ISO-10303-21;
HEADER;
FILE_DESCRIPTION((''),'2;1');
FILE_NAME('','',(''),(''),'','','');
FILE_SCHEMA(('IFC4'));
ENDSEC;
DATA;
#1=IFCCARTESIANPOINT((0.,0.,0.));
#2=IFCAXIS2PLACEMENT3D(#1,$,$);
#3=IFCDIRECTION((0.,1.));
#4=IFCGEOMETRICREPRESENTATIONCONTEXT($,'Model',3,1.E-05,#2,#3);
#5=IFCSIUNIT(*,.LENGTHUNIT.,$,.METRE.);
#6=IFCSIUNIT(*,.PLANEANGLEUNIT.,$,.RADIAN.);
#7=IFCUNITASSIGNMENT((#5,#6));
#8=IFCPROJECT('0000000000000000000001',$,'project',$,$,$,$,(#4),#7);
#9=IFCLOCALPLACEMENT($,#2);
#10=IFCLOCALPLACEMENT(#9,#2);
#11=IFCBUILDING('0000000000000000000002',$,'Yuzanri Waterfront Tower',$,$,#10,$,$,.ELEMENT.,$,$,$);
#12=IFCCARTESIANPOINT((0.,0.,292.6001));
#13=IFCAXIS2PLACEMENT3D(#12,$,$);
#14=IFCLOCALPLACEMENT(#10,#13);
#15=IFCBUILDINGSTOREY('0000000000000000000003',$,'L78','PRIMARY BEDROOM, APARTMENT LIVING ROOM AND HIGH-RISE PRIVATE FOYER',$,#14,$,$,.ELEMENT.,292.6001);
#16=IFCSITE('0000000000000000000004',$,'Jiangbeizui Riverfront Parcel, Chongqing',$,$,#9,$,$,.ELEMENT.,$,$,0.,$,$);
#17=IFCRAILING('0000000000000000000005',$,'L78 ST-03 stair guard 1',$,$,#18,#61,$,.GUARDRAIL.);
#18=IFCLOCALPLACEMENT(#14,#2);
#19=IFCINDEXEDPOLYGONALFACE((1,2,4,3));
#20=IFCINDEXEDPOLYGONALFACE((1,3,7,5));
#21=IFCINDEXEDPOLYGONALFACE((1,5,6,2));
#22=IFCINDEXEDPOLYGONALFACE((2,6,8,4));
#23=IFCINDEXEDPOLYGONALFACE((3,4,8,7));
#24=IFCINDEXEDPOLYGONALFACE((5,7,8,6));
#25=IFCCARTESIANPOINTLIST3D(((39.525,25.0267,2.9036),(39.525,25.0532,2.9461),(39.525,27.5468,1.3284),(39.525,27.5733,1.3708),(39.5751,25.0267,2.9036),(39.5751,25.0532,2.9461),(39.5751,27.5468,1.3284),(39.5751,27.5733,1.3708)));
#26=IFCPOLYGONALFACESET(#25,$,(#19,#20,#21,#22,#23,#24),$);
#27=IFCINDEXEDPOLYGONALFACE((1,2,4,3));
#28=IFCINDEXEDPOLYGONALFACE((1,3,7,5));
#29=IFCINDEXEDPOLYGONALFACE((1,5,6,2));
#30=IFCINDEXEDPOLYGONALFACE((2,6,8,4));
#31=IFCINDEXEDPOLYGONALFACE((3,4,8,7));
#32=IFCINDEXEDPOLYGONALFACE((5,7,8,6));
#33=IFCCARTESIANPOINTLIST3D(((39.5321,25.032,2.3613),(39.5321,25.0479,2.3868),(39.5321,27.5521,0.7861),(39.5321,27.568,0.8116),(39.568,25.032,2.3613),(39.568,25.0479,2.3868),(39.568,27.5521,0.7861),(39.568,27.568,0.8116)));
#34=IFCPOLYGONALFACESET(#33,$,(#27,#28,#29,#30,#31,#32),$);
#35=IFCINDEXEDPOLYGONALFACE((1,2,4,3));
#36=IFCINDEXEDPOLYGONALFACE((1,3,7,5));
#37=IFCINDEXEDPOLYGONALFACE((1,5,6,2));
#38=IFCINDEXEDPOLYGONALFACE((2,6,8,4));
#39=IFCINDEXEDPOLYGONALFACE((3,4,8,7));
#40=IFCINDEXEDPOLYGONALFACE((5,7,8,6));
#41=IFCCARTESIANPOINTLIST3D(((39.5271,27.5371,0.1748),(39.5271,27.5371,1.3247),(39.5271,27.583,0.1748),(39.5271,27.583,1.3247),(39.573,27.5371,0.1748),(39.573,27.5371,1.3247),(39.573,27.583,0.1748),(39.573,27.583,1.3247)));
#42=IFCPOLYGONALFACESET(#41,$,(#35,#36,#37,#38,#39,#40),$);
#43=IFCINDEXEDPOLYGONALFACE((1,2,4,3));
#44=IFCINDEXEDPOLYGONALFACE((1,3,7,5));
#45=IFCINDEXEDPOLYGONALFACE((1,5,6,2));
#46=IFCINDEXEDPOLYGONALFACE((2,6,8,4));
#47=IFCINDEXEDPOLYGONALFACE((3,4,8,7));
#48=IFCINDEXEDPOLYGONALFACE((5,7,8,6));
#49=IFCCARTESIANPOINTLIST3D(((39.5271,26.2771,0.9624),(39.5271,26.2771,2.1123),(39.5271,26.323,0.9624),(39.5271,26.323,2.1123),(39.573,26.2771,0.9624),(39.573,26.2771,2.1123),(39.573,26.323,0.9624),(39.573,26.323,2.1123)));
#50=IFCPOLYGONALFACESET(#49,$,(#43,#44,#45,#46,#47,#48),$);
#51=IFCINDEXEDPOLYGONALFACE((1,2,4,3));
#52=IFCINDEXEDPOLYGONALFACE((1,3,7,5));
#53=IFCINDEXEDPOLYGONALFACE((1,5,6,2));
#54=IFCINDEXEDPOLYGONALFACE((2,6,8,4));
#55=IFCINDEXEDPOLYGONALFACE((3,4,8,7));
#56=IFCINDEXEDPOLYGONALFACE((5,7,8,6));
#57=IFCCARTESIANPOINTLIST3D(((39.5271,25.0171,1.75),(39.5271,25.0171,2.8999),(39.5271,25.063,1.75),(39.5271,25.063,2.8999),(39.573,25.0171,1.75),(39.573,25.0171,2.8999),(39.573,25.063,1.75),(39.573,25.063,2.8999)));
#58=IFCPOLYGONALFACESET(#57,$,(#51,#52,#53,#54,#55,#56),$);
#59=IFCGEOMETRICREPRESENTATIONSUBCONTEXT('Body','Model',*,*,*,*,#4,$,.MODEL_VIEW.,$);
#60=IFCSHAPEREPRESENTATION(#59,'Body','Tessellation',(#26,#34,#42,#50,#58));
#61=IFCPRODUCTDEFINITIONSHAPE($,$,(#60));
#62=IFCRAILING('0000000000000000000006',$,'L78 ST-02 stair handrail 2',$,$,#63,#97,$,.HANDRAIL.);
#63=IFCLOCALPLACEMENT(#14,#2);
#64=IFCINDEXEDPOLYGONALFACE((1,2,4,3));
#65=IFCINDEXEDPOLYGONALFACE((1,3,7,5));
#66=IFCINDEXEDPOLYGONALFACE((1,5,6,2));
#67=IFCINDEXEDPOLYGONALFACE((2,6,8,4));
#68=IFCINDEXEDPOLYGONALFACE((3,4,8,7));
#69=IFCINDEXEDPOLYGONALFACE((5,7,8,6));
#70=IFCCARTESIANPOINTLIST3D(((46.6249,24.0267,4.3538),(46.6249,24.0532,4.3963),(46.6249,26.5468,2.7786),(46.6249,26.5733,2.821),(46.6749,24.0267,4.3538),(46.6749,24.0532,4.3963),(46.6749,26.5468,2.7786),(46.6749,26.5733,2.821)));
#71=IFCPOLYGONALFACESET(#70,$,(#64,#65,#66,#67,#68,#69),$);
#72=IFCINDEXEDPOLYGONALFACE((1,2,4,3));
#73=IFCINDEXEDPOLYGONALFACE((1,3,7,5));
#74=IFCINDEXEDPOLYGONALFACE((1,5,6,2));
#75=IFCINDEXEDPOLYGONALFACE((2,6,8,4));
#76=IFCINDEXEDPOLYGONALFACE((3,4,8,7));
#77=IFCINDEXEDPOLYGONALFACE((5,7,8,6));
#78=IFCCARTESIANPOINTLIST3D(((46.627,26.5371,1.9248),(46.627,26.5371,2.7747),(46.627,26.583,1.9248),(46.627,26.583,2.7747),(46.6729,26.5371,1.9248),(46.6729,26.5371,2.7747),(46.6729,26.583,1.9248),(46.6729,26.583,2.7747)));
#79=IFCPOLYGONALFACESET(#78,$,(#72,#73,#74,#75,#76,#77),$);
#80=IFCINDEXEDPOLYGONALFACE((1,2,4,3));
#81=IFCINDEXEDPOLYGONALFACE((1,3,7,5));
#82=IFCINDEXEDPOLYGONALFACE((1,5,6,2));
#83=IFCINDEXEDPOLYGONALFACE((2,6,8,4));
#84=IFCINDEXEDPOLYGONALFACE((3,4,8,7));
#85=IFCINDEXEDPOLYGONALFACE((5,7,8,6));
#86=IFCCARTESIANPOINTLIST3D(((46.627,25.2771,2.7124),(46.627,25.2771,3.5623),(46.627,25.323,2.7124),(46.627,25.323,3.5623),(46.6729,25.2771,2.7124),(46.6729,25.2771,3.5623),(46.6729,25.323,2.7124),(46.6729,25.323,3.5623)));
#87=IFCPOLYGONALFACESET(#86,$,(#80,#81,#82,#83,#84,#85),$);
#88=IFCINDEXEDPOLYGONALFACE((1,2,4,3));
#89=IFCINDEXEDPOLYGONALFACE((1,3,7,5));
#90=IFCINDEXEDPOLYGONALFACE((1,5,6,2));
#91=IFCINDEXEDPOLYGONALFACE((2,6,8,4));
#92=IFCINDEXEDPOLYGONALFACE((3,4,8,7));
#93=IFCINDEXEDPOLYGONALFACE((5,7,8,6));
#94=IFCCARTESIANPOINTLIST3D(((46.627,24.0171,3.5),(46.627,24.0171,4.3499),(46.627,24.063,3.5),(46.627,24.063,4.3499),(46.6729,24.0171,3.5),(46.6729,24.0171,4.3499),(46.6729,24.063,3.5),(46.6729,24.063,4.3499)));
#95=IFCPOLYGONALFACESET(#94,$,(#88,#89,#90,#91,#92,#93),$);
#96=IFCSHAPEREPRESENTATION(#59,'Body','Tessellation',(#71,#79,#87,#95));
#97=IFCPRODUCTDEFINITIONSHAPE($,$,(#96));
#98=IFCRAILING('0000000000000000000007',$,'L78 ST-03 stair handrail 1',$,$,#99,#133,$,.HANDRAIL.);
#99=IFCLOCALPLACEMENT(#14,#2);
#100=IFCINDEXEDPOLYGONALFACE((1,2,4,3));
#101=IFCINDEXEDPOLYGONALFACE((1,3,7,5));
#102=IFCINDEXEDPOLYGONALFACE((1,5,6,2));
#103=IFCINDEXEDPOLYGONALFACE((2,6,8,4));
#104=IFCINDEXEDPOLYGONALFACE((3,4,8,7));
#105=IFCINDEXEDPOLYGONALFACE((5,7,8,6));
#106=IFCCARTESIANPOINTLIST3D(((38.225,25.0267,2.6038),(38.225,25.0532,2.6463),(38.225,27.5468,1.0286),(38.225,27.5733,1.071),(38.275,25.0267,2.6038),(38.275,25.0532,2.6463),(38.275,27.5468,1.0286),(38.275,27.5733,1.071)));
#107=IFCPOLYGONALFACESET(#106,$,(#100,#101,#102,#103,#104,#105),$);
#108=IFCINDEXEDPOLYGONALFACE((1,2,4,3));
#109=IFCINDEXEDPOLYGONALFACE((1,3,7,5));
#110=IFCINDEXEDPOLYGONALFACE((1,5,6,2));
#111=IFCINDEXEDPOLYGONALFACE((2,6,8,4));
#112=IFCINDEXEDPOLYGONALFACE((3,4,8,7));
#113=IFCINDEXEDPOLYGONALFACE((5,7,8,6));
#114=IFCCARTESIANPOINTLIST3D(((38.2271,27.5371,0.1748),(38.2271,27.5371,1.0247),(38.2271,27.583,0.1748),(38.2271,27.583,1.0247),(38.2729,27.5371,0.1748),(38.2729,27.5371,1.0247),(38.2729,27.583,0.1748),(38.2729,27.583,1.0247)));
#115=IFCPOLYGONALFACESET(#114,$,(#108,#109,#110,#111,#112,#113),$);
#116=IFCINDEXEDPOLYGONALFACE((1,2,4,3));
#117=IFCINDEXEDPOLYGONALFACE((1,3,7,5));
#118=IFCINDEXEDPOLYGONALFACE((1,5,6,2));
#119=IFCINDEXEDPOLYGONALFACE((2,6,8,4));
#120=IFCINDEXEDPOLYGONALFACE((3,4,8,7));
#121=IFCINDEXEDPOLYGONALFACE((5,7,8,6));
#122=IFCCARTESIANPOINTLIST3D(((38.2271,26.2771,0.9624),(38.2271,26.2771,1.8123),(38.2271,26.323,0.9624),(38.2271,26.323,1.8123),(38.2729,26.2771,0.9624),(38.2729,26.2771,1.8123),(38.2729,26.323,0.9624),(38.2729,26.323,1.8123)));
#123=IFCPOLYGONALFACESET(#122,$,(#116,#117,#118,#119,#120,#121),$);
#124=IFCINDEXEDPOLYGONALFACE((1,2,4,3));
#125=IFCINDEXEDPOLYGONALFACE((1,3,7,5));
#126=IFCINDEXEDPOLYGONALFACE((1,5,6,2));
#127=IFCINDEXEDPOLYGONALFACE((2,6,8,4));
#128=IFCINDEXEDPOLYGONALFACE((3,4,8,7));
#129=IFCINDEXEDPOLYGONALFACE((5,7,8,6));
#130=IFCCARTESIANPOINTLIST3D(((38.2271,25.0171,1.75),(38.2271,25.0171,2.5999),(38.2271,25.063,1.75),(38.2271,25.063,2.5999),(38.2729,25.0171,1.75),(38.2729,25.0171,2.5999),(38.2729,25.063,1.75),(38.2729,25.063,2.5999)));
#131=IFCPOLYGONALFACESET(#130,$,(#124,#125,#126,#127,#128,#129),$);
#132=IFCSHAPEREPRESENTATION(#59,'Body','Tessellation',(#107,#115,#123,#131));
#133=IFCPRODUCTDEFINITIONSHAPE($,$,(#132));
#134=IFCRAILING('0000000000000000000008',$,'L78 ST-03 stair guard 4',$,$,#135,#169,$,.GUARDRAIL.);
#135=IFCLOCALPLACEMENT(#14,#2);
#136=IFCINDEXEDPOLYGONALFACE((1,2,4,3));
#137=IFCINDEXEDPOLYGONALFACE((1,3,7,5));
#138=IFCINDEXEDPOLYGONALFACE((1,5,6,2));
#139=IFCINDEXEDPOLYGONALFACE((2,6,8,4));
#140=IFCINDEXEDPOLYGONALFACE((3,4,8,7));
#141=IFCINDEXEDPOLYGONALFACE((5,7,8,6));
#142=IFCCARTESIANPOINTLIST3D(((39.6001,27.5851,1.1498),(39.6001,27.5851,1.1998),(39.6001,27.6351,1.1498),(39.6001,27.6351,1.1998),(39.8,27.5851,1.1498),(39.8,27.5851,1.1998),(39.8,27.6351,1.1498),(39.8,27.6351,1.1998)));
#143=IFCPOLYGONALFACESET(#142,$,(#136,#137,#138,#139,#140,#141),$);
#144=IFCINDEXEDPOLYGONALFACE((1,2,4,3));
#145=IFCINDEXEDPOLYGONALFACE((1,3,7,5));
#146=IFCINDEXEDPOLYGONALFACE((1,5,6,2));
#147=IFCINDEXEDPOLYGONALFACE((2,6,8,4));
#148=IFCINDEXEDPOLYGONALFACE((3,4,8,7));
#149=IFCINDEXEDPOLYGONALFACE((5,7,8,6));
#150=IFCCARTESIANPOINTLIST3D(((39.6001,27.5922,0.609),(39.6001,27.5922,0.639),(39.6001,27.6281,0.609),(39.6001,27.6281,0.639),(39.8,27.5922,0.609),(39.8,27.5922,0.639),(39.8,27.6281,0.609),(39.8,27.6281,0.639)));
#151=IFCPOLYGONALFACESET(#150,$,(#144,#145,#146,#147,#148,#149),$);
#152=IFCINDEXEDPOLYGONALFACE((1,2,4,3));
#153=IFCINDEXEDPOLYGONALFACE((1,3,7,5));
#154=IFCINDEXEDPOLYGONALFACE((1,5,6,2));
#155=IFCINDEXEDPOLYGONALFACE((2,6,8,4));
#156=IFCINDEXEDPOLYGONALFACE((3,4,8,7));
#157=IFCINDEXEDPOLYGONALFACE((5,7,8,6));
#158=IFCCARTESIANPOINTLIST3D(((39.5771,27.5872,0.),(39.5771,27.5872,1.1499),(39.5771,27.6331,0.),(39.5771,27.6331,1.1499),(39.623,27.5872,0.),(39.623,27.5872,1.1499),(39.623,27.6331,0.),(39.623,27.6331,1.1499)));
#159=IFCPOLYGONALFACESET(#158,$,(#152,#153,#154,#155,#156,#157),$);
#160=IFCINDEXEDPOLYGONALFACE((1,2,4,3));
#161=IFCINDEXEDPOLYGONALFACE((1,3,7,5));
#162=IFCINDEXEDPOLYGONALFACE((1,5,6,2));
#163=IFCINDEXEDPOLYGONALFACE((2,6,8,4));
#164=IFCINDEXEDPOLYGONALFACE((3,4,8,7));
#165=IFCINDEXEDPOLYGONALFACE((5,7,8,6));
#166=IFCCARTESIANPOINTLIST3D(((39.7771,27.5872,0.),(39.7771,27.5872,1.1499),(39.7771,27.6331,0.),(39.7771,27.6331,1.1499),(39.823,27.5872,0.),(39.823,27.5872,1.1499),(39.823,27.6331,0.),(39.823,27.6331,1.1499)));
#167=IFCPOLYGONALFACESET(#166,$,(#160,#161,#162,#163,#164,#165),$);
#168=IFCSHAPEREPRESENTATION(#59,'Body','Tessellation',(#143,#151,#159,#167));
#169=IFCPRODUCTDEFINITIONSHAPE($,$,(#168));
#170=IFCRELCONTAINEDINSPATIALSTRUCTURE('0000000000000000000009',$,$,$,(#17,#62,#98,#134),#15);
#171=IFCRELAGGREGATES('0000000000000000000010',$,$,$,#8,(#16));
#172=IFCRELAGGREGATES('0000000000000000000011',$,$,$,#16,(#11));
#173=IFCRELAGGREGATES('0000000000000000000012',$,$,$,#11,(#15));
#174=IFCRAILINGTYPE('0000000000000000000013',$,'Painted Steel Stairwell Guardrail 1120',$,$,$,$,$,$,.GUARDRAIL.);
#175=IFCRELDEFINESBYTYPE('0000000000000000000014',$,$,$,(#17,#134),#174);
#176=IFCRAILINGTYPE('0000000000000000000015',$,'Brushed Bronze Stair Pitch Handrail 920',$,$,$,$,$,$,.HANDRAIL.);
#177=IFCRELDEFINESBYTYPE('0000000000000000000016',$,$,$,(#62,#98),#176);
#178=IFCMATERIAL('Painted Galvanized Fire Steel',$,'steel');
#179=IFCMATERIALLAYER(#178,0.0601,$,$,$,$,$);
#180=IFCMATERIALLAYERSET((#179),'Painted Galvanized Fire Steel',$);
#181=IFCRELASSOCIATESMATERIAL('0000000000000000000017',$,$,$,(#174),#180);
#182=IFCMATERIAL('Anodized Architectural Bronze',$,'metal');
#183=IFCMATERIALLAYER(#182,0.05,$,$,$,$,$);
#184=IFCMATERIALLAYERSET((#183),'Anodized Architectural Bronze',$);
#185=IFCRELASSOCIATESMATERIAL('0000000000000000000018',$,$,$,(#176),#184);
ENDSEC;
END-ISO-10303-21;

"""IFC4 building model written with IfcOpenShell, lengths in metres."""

from ifc_helpers import new_model, si_unit, direction, frame, origin, origin_2d, place, context, subcontext, project, spatial, rectangle, extrude, source, transform, mapped, material, layer, layer_set, type_object, element, save


model = new_model("IFC4")

# Units and contexts
model_context = context("Model", 3, precision=1e-05, world=origin(), true_north=direction((0.0, 1.0)))
body_context = subcontext(model_context, "Body", "Model", "MODEL_VIEW")
ifc_project = project(units=[si_unit("LENGTHUNIT", "METRE"), si_unit("PLANEANGLEUNIT", "RADIAN")], contexts=[model_context])

# Site, building, storey
site_placement = place(None, origin())
site = spatial("IfcSite", under=ifc_project, at=site_placement, Name="Jiangbeizui Riverfront Parcel, Chongqing", CompositionType="ELEMENT", RefElevation=0.0)
building_placement = place(site_placement, origin())
building = spatial("IfcBuilding", under=site, at=building_placement, Name="Yuzanri Waterfront Tower", CompositionType="ELEMENT")
storey_placement = place(building_placement, frame((0.0, 0.0, 292.6001)))
storey = spatial("IfcBuildingStorey", under=building, at=storey_placement, Name="L78", Description="PRIMARY BEDROOM, APARTMENT LIVING ROOM AND HIGH-RISE PRIVATE FOYER", CompositionType="ELEMENT", Elevation=292.6001)

# Railings
ifc_material_1 = material(Name="Painted Galvanized Fire Steel", Category="steel")
ifc_layer_1 = layer(ifc_material_1, 0.0601)
ifc_layer_set_1 = layer_set([ifc_layer_1], Name="Painted Galvanized Fire Steel")
railing_type_1 = type_object("IfcRailingType", Name="Painted Steel Stairwell Guardrail 1120", PredefinedType="GUARDRAIL", material=ifc_layer_set_1)
shared_shape_1 = source(origin(), body_context, "Body", "SweptSolid", [
    extrude(rectangle(XDim=0.05, YDim=0.05, at=origin_2d()), frame((0.0, 0.0, 1.1748), z_axis=(0.0, -0.847971, 0.530043), x_axis=(1.0, 0.0, 0.0)), (0.0, 0.0, 1.0), 2.9719),
    extrude(rectangle(XDim=0.0359, YDim=0.03, at=origin_2d()), frame((0.0, 0.0, 0.624), z_axis=(0.0, -0.847971, 0.530043), x_axis=(1.0, 0.0, 0.0)), (0.0, 0.0, 1.0), 2.9719),
    extrude(rectangle(XDim=0.0459, YDim=0.0459, at=origin_2d()), origin(), (0.0, 0.0, 1.0), 1.1499),
    extrude(rectangle(XDim=0.0459, YDim=0.0459, at=origin_2d()), frame((0.0, -1.26, 0.7876)), (0.0, 0.0, 1.0), 1.1499),
    extrude(rectangle(XDim=0.0459, YDim=0.0459, at=origin_2d()), frame((0.0, -2.52, 1.5752)), (0.0, 0.0, 1.0), 1.1499),
])
railing_1_placement = place(storey_placement, frame((39.55, 27.5601, 0.1748)))
element("IfcRailing", 1, at=railing_1_placement, inside=storey, type_object=railing_type_1, Name="L78 ST-03 stair guard 1", PredefinedType="GUARDRAIL", context=body_context, shape_type="MappedRepresentation", body=[
    mapped(shared_shape_1, transform((0.0, 0.0, 0.0), scale=1.0)),
])
ifc_material_2 = material(Name="Anodized Architectural Bronze", Category="metal")
ifc_layer_2 = layer(ifc_material_2, 0.05)
ifc_layer_set_2 = layer_set([ifc_layer_2], Name="Anodized Architectural Bronze")
railing_type_2 = type_object("IfcRailingType", Name="Brushed Bronze Stair Pitch Handrail 920", PredefinedType="HANDRAIL", material=ifc_layer_set_2)
shared_shape_2 = source(origin(), body_context, "Body", "SweptSolid", [
    extrude(rectangle(XDim=0.05, YDim=0.05, at=origin_2d()), frame((0.0, 0.0, 0.875), z_axis=(0.0, -0.847971, 0.530043), x_axis=(1.0, 0.0, 0.0)), (0.0, 0.0, 1.0), 2.9719),
    extrude(rectangle(XDim=0.0459, YDim=0.0459, at=origin_2d()), origin(), (0.0, 0.0, 1.0), 0.8499),
    extrude(rectangle(XDim=0.0459, YDim=0.0459, at=origin_2d()), frame((0.0, -1.26, 0.7876)), (0.0, 0.0, 1.0), 0.8499),
    extrude(rectangle(XDim=0.0459, YDim=0.0459, at=origin_2d()), frame((0.0, -2.52, 1.5752)), (0.0, 0.0, 1.0), 0.8499),
])
for number, where, name in (
    (2, (46.6499, 26.5601, 1.9248), "L78 ST-02 stair handrail 2"),
    (3, (38.25, 27.5601, 0.1748), "L78 ST-03 stair handrail 1"),
):
    element("IfcRailing", number, at=place(storey_placement, frame(where)), inside=storey, type_object=railing_type_2, Name=name, PredefinedType="HANDRAIL", context=body_context, shape_type="MappedRepresentation", body=[
        mapped(shared_shape_2, transform((0.0, 0.0, 0.0), scale=1.0)),
    ])
shared_shape_3 = source(origin(), body_context, "Body", "SweptSolid", [
    extrude(rectangle(XDim=0.05, YDim=0.05, at=origin_2d()), frame((0.0, 0.0, 1.1748), z_axis=(1.0, 0.0, 0.0), x_axis=(0.0, 1.0, 0.0)), (0.0, 0.0, 1.0), 0.2),
    extrude(rectangle(XDim=0.0359, YDim=0.03, at=origin_2d()), frame((0.0, 0.0, 0.624), z_axis=(1.0, 0.0, 0.0), x_axis=(0.0, 1.0, 0.0)), (0.0, 0.0, 1.0), 0.2),
    extrude(rectangle(XDim=0.0459, YDim=0.0459, at=origin_2d()), origin(), (0.0, 0.0, 1.0), 1.1499),
    extrude(rectangle(XDim=0.0459, YDim=0.0459, at=origin_2d()), frame((0.2, 0.0, 0.0)), (0.0, 0.0, 1.0), 1.1499),
])
railing_2_placement = place(storey_placement, frame((39.6001, 27.6101, 0.0)))
element("IfcRailing", 4, at=railing_2_placement, inside=storey, type_object=railing_type_1, Name="L78 ST-03 stair guard 4", PredefinedType="GUARDRAIL", context=body_context, shape_type="MappedRepresentation", body=[
    mapped(shared_shape_3, transform((0.0, 0.0, 0.0), scale=1.0)),
])

save(model, "model.ifc")
